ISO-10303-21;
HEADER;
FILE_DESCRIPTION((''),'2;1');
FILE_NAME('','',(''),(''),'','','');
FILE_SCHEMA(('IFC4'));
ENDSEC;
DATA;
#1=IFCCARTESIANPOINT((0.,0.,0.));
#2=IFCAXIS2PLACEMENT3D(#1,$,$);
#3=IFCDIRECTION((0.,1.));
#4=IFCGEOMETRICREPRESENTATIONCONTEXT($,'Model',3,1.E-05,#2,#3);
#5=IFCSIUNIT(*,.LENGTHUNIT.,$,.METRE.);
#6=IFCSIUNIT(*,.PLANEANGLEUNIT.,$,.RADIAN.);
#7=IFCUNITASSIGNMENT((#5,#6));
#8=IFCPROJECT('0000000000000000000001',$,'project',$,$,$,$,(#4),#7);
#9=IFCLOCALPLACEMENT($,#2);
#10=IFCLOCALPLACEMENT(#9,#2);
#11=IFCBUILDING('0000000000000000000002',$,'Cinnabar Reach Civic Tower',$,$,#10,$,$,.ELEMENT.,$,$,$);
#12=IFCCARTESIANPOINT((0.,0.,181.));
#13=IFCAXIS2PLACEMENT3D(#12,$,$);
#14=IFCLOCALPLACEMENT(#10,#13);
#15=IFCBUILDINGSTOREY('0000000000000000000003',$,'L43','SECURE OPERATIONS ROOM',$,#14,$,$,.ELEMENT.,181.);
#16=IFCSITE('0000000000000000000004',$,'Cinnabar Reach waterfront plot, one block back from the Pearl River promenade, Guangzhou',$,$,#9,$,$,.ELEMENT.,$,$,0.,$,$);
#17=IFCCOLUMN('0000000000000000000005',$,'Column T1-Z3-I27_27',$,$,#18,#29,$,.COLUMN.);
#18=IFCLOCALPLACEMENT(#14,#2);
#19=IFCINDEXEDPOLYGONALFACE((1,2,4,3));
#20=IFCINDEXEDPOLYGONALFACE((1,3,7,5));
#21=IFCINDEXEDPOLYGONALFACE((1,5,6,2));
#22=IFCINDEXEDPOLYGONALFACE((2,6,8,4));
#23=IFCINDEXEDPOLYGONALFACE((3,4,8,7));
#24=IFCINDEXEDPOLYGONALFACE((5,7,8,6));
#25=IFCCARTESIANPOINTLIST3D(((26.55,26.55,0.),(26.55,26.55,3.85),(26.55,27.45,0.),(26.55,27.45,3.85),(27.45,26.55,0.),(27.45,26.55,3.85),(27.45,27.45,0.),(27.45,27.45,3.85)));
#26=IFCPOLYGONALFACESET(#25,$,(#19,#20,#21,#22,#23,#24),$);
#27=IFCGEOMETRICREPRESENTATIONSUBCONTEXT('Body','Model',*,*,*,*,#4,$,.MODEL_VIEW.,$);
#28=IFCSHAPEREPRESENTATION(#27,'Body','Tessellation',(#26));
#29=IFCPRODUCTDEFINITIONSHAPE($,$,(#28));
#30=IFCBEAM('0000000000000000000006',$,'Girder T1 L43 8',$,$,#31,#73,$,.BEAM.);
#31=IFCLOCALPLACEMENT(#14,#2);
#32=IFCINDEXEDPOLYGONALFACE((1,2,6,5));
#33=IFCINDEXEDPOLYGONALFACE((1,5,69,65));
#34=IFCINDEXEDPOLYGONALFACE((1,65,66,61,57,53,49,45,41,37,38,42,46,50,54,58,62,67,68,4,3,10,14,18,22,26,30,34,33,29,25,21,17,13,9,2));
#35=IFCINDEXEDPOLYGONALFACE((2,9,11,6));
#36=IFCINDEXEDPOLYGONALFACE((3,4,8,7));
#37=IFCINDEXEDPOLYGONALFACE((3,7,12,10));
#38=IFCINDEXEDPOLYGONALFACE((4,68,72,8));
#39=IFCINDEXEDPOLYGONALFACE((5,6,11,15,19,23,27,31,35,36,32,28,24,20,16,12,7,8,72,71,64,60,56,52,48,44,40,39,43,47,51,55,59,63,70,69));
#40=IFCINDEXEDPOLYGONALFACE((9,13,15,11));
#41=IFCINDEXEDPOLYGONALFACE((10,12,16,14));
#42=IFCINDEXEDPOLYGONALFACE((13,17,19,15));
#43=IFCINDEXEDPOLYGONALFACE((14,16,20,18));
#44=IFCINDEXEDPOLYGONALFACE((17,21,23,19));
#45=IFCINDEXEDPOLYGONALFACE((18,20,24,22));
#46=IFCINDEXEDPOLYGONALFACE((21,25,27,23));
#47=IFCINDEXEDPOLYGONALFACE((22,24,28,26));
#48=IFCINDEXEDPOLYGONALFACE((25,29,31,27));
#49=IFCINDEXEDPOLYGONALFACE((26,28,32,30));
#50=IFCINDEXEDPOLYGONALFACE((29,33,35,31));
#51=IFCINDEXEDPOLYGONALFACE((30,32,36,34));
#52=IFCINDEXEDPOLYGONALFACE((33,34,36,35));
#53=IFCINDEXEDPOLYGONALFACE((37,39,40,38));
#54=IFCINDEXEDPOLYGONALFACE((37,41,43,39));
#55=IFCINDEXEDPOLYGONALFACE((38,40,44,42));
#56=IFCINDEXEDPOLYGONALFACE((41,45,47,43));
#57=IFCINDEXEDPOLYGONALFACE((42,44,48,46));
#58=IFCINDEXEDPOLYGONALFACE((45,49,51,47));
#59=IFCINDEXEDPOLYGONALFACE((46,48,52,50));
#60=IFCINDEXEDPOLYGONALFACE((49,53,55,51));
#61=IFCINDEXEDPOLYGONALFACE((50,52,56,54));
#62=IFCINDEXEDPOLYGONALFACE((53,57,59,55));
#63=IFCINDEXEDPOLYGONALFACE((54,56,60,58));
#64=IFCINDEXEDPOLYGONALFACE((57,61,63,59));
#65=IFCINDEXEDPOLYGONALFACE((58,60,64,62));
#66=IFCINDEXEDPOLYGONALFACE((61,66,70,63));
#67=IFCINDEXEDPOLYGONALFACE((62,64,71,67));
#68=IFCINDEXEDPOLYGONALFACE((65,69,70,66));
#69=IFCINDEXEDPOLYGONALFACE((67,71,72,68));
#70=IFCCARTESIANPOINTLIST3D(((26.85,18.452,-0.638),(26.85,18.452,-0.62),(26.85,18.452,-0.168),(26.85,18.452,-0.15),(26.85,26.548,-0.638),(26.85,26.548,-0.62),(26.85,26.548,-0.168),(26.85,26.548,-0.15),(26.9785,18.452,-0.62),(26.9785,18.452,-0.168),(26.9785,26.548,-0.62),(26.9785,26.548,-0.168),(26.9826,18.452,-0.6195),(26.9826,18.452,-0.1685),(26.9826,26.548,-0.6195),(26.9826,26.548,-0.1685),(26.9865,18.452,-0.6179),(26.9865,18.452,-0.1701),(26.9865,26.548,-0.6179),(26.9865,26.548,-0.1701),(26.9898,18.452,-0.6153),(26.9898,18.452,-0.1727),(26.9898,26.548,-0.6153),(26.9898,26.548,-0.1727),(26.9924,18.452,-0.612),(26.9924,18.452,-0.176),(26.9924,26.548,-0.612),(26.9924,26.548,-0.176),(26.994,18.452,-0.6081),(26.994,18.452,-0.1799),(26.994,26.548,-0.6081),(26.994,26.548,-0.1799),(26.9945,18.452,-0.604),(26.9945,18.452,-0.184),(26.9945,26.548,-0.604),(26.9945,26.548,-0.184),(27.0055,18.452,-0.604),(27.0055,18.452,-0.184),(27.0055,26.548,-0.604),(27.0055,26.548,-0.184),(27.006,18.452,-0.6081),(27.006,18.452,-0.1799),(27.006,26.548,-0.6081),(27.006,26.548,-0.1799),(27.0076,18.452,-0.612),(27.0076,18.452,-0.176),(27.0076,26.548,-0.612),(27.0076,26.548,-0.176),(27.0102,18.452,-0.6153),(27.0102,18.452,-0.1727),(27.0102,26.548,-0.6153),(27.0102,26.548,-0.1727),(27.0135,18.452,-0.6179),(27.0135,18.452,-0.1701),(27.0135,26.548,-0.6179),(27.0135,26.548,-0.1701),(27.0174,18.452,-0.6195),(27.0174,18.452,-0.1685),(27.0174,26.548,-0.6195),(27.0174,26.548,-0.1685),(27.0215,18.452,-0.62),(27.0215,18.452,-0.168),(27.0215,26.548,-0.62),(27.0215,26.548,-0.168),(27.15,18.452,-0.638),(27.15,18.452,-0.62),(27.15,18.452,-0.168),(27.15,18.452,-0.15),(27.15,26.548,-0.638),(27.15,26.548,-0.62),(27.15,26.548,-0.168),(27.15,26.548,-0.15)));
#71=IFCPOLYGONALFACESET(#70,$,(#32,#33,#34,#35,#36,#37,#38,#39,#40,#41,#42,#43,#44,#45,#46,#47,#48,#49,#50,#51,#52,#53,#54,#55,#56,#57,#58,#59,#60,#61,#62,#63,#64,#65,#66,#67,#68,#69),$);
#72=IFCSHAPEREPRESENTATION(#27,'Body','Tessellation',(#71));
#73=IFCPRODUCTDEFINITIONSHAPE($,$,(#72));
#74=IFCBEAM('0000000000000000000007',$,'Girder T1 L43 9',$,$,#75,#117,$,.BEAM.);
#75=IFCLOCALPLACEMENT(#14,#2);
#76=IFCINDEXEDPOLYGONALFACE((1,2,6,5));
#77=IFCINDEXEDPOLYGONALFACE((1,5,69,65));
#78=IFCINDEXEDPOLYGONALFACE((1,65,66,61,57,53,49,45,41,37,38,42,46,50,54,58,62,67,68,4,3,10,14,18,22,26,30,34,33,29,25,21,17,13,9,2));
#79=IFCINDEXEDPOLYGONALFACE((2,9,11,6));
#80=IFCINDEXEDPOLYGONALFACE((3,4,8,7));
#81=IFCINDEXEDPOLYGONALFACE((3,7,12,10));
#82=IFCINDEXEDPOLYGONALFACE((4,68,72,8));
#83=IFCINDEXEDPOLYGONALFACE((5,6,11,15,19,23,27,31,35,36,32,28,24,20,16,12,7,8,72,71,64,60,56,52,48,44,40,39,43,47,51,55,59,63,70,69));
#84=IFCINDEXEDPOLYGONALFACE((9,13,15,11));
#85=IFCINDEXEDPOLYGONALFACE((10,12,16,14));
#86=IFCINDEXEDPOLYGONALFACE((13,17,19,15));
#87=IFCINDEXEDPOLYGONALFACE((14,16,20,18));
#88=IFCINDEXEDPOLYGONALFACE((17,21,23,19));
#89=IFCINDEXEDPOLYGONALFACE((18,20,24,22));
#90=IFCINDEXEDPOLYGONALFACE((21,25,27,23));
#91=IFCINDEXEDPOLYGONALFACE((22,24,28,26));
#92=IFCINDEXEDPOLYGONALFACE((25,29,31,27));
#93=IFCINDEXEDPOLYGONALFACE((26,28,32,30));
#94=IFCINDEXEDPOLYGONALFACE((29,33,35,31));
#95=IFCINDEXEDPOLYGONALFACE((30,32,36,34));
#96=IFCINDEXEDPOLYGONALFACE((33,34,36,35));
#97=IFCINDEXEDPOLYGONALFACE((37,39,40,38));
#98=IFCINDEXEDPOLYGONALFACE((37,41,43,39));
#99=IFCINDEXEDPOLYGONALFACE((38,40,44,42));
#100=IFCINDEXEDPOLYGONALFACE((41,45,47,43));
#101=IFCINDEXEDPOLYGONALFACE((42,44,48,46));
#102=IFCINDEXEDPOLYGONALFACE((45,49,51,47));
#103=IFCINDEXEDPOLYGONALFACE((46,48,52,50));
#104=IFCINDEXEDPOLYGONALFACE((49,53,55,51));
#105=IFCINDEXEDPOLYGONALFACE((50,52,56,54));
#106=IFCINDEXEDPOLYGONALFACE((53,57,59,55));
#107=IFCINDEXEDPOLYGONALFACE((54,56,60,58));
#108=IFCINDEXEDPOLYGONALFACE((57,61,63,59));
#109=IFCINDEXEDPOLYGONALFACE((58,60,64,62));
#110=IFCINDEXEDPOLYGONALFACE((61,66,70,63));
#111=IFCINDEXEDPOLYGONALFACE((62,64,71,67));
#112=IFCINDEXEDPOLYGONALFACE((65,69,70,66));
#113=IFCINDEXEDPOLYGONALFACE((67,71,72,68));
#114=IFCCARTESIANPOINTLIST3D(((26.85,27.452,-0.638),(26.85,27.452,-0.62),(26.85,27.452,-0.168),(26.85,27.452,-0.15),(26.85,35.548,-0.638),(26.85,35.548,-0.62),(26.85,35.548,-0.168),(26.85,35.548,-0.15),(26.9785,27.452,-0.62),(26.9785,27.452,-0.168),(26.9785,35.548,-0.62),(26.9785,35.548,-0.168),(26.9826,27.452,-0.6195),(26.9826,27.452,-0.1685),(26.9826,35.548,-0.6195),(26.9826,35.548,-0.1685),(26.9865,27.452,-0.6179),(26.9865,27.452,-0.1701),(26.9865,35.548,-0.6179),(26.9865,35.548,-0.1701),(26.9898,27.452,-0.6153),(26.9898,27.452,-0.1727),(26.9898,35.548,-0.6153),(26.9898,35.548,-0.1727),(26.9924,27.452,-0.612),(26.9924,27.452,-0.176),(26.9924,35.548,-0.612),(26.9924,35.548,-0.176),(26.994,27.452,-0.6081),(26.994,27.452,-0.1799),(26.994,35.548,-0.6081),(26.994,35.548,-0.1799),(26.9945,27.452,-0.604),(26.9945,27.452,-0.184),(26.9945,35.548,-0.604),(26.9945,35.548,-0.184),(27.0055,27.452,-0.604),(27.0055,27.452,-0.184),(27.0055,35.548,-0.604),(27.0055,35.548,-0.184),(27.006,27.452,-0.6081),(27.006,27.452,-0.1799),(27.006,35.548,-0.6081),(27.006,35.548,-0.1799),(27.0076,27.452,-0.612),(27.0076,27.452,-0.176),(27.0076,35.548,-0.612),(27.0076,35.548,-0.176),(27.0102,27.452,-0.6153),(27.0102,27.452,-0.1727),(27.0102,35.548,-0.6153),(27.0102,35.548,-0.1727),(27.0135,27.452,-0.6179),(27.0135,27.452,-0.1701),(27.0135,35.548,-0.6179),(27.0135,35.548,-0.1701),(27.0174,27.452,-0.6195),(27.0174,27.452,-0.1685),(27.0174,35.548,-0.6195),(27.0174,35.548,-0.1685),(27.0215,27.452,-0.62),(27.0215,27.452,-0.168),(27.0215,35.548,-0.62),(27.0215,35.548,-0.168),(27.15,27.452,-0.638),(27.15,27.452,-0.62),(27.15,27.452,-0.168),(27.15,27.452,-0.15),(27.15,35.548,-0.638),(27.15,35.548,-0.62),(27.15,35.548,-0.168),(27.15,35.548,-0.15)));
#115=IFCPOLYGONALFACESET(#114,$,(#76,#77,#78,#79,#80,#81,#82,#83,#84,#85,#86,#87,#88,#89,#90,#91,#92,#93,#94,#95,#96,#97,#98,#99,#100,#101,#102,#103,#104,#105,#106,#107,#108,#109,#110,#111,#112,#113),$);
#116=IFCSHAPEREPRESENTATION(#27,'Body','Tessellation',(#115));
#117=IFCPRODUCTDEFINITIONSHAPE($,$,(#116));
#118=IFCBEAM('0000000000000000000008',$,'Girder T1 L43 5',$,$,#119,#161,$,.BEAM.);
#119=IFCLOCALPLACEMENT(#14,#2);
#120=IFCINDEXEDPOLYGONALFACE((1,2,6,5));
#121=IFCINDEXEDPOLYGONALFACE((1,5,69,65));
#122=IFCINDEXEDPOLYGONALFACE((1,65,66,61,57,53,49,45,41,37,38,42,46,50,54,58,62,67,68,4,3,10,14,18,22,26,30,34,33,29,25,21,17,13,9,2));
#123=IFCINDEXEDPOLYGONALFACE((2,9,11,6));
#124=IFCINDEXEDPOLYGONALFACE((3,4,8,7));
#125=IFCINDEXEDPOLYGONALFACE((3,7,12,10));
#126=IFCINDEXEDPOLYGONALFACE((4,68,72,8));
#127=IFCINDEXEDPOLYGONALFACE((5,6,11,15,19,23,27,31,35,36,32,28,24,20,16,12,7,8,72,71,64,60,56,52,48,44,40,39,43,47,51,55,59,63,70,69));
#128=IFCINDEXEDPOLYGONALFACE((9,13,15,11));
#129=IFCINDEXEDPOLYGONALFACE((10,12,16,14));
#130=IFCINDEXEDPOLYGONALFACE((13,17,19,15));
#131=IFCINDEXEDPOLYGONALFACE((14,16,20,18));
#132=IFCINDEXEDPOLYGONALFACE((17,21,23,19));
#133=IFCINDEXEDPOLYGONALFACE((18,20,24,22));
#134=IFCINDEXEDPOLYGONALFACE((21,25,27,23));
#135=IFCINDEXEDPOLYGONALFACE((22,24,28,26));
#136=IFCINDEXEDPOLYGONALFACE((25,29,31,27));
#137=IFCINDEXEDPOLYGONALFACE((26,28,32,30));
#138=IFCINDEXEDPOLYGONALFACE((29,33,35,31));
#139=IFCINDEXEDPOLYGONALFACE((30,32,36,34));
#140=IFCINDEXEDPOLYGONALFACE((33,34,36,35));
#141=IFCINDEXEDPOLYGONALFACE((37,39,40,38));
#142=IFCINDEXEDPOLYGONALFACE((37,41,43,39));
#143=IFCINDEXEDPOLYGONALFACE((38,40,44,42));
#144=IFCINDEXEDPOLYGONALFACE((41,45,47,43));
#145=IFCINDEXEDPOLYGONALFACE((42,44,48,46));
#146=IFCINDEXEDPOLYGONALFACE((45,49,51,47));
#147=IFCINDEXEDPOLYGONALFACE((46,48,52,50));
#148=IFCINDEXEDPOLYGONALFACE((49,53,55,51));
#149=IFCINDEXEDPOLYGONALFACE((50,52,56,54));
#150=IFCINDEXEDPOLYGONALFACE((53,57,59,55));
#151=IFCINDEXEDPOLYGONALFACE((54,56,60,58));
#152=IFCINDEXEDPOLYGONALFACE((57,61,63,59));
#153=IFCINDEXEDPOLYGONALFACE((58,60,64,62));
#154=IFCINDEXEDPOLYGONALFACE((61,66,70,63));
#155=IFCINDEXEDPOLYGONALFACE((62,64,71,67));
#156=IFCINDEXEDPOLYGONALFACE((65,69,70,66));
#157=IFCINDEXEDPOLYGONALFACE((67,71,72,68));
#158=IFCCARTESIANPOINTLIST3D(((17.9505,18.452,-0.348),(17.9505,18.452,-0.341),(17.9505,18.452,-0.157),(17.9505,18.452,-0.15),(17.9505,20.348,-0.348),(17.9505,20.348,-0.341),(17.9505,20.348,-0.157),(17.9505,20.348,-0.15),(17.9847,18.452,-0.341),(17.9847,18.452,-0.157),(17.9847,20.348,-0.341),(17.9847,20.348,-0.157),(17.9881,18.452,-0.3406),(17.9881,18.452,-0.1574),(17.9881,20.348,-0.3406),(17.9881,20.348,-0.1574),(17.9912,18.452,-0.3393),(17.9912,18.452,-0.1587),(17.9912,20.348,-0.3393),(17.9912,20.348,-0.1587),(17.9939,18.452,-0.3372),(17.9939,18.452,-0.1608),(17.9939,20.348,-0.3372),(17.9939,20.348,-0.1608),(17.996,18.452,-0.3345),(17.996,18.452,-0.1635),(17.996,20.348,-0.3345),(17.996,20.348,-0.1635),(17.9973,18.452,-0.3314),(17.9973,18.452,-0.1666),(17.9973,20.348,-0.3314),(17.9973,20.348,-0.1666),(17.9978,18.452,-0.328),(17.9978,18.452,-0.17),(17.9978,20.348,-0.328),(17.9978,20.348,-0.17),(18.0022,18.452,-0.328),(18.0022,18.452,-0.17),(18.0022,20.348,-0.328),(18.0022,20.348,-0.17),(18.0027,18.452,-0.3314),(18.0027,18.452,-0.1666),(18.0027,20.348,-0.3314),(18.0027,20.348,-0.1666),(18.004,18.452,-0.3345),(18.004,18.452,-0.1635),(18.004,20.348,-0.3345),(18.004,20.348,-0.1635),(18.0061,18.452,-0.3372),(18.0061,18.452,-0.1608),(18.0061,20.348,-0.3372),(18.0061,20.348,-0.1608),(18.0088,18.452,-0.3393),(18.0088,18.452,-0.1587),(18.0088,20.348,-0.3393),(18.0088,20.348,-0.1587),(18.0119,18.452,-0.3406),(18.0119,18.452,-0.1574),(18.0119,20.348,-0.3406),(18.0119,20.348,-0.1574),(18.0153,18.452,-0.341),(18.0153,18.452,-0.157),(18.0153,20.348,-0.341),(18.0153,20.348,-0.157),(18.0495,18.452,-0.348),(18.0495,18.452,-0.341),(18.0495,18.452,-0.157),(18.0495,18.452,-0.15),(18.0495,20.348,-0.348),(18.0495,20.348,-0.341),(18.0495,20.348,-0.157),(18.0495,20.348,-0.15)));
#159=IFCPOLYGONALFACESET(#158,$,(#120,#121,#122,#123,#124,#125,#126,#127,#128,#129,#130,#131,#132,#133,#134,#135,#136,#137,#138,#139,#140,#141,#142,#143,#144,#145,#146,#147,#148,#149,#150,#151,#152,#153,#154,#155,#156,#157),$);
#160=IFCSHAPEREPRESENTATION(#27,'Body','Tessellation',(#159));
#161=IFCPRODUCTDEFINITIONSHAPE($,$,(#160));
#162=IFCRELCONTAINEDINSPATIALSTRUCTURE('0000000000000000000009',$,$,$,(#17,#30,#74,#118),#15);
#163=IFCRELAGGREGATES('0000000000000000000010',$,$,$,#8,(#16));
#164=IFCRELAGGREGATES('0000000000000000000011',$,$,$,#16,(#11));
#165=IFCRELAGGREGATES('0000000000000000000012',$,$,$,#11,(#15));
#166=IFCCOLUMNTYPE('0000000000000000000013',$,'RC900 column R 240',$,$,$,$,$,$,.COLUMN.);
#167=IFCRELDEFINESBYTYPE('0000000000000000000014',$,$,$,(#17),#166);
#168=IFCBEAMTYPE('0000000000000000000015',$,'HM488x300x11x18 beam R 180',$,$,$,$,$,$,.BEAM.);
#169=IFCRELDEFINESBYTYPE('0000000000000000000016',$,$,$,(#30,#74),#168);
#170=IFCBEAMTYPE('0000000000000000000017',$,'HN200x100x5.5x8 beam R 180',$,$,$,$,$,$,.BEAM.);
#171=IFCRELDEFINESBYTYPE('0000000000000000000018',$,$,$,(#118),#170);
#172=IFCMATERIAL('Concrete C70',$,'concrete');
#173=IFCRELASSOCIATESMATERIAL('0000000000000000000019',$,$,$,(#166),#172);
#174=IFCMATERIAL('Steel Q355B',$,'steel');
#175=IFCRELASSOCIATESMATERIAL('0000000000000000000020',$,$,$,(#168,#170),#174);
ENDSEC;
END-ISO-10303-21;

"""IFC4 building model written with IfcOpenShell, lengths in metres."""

from ifc_helpers import new_model, si_unit, direction, frame, origin, origin_2d, place, context, subcontext, project, spatial, rectangle, i_section, extrude, material, material_profile, profile_set, type_object, element, save


model = new_model("IFC4")

# Units and contexts
model_context = context("Model", 3, precision=1e-05, world=origin(), true_north=direction((0.0, 1.0)))
body_context = subcontext(model_context, "Body", "Model", "MODEL_VIEW")
ifc_project = project(units=[si_unit("LENGTHUNIT", "METRE"), si_unit("PLANEANGLEUNIT", "RADIAN")], contexts=[model_context])

# Site, building, storey
site_placement = place(None, origin())
site = spatial("IfcSite", under=ifc_project, at=site_placement, Name="Cinnabar Reach waterfront plot, one block back from the Pearl River promenade, Guangzhou", CompositionType="ELEMENT", RefElevation=0.0)
building_placement = place(site_placement, origin())
building = spatial("IfcBuilding", under=site, at=building_placement, Name="Cinnabar Reach Civic Tower", CompositionType="ELEMENT")
storey_placement = place(building_placement, frame((0.0, 0.0, 181.0)))
storey = spatial("IfcBuildingStorey", under=building, at=storey_placement, Name="L43", Description="SECURE OPERATIONS ROOM", CompositionType="ELEMENT", Elevation=181.0)

# Column
ifc_material_1 = material(Name="Concrete C70", Category="concrete")
ifc_material_profile_1 = material_profile(ifc_material_1, rectangle(XDim=0.9, YDim=0.9, at=origin_2d()), Name="RC900")
ifc_profile_set_1 = profile_set([ifc_material_profile_1], Name="Concrete C70")
column_type = type_object("IfcColumnType", Name="RC900 column R 240", PredefinedType="COLUMN", material=ifc_profile_set_1)
column_placement = place(storey_placement, frame((27.0, 27.0, 0.0), z_axis=(0.0, 0.0, 1.0), x_axis=(1.0, 0.0, 0.0)))
element("IfcColumn", 1, at=column_placement, inside=storey, type_object=column_type, Name="Column T1-Z3-I27_27", PredefinedType="COLUMN", context=body_context, shape_type="SweptSolid", body=[
    extrude(rectangle(XDim=0.9, YDim=0.9, at=origin_2d()), origin(), (0.0, 0.0, 1.0), 3.85),
])

# Beams
ifc_material_2 = material(Name="Steel Q355B", Category="steel")
ifc_material_profile_2 = material_profile(ifc_material_2, i_section(OverallWidth=0.3, OverallDepth=0.488, WebThickness=0.011, FlangeThickness=0.018, FilletRadius=0.016, at=origin_2d()), Name="HM488x300x11x18")
ifc_profile_set_2 = profile_set([ifc_material_profile_2], Name="Steel Q355B")
beam_type_1 = type_object("IfcBeamType", Name="HM488x300x11x18 beam R 180", PredefinedType="BEAM", material=ifc_profile_set_2)
for number, where, z_axis, x_axis, name in (
    (2, (27.0, 18.452, -0.394), (0.0, 1.0, 0.0), (-1.0, 0.0, 0.0), "Girder T1 L43 8"),
    (3, (27.0, 27.452, -0.394), (0.0, 1.0, 0.0), (-1.0, 0.0, 0.0), "Girder T1 L43 9"),
):
    element("IfcBeam", number, at=place(storey_placement, frame(where, z_axis=z_axis, x_axis=x_axis)), inside=storey, type_object=beam_type_1, Name=name, PredefinedType="BEAM", context=body_context, shape_type="SweptSolid", body=[
        extrude(i_section(OverallWidth=0.3, OverallDepth=0.488, WebThickness=0.011, FlangeThickness=0.018, FilletRadius=0.016, at=origin_2d()), origin(), (0.0, 0.0, 1.0), 8.096),
    ])
ifc_material_profile_3 = material_profile(ifc_material_2, i_section(OverallWidth=0.099, OverallDepth=0.198, WebThickness=0.0045, FlangeThickness=0.007, FilletRadius=0.013, at=origin_2d()), Name="HN200x100x5.5x8")
ifc_profile_set_3 = profile_set([ifc_material_profile_3], Name="Steel Q355B")
beam_type_2 = type_object("IfcBeamType", Name="HN200x100x5.5x8 beam R 180", PredefinedType="BEAM", material=ifc_profile_set_3)
beam_1_placement = place(storey_placement, frame((18.0, 18.452, -0.249), z_axis=(0.0, 1.0, 0.0), x_axis=(-1.0, 0.0, 0.0)))
element("IfcBeam", 4, at=beam_1_placement, inside=storey, type_object=beam_type_2, Name="Girder T1 L43 5", PredefinedType="BEAM", context=body_context, shape_type="SweptSolid", body=[
    extrude(i_section(OverallWidth=0.099, OverallDepth=0.198, WebThickness=0.0045, FlangeThickness=0.007, FilletRadius=0.013, at=origin_2d()), origin(), (0.0, 0.0, 1.0), 1.896),
])

save(model, "model.ifc")
